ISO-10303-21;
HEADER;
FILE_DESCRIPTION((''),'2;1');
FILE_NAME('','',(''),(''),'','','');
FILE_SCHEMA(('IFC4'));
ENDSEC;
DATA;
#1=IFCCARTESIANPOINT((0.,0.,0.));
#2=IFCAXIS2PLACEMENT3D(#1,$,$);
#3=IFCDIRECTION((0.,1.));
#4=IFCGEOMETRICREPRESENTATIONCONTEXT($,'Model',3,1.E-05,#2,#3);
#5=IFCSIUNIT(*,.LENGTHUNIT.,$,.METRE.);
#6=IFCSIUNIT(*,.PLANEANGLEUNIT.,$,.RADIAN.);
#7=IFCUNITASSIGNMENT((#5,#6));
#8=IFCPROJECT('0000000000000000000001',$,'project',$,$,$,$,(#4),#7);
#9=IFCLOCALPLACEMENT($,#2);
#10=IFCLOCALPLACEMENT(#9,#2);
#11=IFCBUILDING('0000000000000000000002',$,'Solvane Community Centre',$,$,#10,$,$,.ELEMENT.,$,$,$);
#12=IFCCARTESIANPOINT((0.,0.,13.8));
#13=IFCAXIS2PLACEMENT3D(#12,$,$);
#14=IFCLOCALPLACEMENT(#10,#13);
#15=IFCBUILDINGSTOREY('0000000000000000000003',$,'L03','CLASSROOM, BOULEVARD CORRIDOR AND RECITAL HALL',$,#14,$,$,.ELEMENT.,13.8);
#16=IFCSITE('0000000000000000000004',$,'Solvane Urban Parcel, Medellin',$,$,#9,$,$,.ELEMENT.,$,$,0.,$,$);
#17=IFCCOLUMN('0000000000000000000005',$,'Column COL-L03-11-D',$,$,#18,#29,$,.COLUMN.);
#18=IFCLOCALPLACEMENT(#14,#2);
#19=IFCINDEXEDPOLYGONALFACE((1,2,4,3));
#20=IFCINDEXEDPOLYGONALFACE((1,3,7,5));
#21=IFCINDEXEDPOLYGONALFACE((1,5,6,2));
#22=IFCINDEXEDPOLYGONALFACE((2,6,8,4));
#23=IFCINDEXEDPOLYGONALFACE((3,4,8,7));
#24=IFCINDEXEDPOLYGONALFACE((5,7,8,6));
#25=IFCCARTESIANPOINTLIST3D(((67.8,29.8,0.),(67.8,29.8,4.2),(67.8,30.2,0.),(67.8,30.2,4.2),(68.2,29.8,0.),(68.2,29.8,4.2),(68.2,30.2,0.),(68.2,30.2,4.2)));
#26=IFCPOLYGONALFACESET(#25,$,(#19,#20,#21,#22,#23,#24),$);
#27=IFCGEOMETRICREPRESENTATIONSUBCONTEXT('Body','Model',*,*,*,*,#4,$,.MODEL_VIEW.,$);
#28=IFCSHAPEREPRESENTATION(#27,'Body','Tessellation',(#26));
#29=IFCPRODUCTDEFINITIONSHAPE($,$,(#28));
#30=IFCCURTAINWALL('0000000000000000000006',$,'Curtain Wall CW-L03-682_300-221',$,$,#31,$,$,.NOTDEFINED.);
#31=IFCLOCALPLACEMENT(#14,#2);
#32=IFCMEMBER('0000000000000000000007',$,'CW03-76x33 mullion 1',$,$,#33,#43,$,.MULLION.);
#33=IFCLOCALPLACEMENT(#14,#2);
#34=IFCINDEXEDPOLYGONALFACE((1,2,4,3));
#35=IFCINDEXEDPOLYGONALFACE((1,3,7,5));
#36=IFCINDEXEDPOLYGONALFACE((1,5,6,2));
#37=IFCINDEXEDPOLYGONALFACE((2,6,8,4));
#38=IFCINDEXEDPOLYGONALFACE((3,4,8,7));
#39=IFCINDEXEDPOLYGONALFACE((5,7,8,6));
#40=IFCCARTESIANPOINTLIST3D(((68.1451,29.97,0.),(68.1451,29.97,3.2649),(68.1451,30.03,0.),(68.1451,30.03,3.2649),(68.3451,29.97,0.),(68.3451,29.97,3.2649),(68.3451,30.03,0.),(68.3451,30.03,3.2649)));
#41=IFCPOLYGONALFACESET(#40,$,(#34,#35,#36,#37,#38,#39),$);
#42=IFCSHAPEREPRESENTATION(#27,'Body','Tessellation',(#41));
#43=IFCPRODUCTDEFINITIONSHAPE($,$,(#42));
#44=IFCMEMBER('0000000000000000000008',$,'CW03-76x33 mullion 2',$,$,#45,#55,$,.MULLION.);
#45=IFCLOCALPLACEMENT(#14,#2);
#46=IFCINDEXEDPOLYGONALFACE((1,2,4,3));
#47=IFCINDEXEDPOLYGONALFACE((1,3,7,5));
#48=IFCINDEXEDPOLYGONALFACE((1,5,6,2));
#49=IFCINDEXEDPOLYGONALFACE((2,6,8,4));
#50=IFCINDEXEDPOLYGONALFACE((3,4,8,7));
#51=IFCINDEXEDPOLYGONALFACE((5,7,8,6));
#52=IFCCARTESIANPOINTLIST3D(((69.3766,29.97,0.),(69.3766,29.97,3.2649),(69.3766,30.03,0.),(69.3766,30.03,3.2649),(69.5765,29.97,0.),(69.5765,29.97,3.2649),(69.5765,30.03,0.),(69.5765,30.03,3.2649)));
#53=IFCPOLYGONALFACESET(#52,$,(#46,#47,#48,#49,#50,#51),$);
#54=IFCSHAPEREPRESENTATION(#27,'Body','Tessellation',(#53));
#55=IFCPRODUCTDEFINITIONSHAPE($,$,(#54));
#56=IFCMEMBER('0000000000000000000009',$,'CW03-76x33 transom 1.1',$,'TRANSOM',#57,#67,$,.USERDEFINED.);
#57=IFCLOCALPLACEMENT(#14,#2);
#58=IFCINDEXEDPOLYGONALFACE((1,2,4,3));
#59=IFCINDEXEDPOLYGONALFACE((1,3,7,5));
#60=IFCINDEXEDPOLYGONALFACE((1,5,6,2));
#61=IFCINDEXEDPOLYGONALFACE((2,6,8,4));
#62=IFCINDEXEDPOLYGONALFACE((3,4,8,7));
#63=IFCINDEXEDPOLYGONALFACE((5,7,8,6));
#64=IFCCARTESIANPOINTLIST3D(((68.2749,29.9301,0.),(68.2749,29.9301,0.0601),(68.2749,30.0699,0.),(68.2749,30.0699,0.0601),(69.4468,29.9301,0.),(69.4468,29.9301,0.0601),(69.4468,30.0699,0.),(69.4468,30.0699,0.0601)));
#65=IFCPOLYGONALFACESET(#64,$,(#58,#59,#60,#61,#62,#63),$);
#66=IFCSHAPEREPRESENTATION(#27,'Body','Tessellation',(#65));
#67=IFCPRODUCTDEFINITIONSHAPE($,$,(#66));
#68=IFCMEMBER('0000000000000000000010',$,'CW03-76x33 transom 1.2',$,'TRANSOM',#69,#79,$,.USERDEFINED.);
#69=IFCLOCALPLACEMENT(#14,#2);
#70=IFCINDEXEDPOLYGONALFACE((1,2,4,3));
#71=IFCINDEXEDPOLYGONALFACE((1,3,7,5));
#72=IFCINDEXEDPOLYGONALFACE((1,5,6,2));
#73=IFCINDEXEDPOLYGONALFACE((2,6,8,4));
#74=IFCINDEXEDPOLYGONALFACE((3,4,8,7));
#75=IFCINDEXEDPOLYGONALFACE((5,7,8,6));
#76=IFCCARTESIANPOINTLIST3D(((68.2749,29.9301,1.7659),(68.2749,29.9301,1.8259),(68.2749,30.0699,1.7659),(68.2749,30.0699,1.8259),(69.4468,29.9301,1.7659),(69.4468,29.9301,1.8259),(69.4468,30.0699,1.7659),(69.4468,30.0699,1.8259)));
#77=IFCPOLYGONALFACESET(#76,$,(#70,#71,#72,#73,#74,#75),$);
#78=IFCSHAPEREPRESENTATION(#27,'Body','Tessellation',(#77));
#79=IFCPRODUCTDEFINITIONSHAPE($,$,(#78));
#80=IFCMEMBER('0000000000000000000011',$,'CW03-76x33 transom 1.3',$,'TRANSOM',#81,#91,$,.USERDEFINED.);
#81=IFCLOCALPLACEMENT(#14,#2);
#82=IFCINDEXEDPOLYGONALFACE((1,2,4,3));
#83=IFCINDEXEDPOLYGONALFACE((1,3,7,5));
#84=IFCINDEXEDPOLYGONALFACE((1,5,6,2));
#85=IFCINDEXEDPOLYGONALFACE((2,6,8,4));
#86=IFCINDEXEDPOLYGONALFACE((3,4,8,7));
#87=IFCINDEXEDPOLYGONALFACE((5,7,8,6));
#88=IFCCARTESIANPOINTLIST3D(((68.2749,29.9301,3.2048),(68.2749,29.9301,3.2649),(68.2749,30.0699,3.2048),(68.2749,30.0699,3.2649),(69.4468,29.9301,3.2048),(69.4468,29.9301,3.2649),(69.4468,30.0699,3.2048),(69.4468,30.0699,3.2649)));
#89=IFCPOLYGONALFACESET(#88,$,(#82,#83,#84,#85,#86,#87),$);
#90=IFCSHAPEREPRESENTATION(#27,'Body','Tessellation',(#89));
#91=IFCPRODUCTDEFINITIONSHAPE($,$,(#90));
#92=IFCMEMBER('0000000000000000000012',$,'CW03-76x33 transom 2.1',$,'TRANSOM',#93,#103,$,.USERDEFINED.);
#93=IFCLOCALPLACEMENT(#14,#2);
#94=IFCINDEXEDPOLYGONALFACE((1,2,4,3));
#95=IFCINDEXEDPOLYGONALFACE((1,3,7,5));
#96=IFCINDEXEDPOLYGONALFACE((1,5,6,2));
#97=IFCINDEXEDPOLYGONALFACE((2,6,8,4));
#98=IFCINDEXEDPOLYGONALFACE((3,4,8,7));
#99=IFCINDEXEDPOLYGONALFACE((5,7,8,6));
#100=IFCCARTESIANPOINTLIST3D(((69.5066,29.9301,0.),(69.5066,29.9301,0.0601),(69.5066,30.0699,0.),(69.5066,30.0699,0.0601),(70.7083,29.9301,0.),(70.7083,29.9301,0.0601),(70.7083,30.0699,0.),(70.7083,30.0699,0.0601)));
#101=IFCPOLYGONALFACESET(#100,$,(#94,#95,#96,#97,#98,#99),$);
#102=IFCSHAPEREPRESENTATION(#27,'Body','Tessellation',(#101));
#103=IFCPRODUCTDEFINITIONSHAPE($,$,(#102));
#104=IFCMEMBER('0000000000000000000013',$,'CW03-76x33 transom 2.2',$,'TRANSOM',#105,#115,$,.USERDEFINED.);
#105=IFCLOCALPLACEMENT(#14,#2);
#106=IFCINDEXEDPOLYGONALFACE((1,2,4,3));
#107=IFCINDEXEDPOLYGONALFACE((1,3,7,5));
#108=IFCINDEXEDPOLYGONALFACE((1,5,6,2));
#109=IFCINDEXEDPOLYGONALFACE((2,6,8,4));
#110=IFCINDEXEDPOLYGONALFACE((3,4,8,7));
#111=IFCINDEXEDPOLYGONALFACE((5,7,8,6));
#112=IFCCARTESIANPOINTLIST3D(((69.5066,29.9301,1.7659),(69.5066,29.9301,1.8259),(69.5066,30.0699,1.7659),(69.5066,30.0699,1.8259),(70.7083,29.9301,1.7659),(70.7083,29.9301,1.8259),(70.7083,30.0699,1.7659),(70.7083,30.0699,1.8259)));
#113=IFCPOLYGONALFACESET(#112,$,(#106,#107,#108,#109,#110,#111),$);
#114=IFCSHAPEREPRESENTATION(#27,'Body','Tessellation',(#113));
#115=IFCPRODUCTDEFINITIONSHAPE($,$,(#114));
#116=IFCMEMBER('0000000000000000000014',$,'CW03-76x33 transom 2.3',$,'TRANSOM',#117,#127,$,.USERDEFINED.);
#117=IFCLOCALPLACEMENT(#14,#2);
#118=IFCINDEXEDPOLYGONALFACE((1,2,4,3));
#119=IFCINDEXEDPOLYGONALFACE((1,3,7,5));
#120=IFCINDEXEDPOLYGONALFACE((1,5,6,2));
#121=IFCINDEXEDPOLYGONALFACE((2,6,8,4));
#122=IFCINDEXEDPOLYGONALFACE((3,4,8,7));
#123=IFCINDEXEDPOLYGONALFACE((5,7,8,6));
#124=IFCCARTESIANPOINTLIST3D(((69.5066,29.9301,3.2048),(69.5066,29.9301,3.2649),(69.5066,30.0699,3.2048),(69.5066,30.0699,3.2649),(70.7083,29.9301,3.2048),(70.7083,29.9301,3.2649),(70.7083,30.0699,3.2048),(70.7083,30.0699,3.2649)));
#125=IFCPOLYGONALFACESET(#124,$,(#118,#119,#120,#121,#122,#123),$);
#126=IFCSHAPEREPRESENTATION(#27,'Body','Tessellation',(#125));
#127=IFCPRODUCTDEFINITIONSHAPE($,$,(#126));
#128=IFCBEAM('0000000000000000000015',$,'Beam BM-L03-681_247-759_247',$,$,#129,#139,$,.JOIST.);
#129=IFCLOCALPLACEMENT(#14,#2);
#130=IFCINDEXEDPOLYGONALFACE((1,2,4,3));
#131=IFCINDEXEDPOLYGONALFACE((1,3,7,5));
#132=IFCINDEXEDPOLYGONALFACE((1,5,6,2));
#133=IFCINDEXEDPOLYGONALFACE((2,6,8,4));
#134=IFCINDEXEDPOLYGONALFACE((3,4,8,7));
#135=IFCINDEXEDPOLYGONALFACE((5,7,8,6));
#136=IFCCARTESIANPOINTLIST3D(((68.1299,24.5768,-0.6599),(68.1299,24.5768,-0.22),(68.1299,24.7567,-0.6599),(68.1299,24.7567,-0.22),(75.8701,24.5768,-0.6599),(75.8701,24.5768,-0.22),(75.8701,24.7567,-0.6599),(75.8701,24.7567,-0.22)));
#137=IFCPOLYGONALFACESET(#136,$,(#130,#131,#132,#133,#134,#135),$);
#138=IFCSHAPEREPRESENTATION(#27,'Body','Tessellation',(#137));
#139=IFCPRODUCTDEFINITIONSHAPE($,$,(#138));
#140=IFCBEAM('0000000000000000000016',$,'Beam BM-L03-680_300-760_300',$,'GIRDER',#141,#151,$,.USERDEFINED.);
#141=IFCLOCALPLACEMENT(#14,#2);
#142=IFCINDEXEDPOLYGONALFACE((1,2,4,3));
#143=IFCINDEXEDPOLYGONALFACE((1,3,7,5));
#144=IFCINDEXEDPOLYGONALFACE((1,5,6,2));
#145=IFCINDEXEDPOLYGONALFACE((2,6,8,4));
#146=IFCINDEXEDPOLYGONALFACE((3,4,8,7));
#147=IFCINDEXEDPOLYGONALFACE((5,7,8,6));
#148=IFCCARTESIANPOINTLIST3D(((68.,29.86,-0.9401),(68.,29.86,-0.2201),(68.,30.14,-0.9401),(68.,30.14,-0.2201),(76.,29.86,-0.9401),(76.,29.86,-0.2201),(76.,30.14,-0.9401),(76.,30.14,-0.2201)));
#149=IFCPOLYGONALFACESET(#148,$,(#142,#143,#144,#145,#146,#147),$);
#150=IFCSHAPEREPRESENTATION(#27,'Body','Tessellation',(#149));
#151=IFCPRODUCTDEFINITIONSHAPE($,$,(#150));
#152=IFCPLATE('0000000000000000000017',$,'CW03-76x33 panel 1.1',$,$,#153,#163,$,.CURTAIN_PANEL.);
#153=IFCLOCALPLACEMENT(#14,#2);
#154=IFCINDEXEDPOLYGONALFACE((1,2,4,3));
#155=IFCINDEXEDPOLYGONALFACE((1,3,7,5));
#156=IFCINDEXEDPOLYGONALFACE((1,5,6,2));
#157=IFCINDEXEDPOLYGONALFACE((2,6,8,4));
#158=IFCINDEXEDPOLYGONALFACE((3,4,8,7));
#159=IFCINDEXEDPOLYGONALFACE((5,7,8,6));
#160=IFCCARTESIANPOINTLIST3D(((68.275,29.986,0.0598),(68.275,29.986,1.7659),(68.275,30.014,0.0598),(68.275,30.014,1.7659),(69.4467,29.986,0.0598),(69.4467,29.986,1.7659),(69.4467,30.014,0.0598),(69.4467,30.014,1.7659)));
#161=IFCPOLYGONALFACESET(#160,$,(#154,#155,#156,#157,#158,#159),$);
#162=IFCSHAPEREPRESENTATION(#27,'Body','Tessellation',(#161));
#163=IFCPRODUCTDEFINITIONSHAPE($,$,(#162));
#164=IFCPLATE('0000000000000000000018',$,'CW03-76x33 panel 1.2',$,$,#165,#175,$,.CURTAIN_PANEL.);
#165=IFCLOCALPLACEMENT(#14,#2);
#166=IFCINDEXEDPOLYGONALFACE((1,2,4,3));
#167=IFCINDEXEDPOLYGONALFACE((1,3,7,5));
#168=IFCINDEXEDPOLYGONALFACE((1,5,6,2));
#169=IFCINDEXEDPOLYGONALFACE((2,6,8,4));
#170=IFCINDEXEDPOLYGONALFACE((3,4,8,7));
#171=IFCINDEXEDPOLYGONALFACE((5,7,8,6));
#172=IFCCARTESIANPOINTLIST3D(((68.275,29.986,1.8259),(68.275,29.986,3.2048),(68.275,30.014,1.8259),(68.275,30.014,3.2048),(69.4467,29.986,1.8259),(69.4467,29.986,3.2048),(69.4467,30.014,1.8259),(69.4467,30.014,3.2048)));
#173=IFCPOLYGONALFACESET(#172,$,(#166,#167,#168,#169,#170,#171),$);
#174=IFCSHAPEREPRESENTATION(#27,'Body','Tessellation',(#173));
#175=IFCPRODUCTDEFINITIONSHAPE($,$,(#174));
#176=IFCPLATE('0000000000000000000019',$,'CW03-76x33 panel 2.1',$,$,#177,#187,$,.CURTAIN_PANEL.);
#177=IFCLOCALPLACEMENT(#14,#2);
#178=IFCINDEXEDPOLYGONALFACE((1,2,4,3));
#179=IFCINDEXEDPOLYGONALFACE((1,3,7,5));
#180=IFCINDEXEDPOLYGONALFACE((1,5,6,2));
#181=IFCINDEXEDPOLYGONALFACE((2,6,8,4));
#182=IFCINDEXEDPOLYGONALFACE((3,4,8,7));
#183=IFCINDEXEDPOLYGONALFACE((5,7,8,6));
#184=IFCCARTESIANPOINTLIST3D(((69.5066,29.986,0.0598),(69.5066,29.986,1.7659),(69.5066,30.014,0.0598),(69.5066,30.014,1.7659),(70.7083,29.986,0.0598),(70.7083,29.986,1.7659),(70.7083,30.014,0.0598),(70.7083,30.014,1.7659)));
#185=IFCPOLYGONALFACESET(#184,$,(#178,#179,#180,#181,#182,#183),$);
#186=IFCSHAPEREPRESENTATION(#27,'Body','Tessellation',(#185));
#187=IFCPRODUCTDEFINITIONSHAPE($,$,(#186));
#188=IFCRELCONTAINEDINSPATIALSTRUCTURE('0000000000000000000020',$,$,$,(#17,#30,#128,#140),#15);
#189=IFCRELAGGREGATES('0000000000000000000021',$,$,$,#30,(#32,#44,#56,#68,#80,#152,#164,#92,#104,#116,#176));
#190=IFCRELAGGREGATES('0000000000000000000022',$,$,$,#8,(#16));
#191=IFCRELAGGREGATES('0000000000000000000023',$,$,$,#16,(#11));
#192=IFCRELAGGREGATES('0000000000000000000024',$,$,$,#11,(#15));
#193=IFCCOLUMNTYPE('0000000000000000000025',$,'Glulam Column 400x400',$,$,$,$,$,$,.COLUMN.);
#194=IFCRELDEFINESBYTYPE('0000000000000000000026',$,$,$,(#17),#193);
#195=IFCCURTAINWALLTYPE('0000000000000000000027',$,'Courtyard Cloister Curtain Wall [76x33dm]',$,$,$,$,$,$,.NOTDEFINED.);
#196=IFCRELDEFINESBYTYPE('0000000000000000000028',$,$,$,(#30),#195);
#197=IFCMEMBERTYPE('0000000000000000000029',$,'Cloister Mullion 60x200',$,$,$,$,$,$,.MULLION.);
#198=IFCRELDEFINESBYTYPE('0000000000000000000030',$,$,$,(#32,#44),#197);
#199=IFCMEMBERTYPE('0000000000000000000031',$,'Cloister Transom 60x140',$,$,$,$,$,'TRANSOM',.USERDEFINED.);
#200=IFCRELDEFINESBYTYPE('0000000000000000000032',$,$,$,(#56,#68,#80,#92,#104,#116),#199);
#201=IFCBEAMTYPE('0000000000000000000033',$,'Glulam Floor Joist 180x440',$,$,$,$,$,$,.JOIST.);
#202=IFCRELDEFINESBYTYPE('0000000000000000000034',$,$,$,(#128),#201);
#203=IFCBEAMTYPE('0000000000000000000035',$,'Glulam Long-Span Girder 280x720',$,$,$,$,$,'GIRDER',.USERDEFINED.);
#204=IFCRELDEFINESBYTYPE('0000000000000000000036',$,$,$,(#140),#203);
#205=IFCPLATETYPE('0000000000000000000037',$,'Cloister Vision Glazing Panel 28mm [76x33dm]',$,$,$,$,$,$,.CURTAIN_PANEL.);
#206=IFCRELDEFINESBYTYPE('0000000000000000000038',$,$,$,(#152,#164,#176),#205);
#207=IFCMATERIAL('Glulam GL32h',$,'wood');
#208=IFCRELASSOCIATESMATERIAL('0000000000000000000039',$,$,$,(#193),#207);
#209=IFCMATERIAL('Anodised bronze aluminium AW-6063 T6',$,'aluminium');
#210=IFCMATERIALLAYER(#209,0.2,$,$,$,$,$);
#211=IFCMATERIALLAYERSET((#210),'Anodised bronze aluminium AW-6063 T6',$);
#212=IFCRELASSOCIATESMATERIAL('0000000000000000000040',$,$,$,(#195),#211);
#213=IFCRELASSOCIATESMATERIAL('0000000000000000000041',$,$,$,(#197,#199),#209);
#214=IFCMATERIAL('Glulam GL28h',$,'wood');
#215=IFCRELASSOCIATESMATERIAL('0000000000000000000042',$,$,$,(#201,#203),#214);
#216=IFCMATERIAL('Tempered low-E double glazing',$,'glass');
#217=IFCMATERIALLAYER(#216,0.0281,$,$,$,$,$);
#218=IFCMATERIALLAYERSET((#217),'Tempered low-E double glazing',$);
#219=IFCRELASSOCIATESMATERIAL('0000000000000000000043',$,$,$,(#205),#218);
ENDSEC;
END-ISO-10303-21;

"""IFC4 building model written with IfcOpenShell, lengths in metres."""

from ifc_helpers import new_model, si_unit, direction, frame, origin, origin_2d, place, context, subcontext, project, spatial, rectangle, extrude, material, layer, layer_set, material_profile, profile_set, type_object, element, aggregate, save


model = new_model("IFC4")

# Units and contexts
model_context = context("Model", 3, precision=1e-05, world=origin(), true_north=direction((0.0, 1.0)))
body_context = subcontext(model_context, "Body", "Model", "MODEL_VIEW")
ifc_project = project(units=[si_unit("LENGTHUNIT", "METRE"), si_unit("PLANEANGLEUNIT", "RADIAN")], contexts=[model_context])

# Site, building, storey
site_placement = place(None, origin())
site = spatial("IfcSite", under=ifc_project, at=site_placement, Name="Solvane Urban Parcel, Medellin", CompositionType="ELEMENT", RefElevation=0.0)
building_placement = place(site_placement, origin())
building = spatial("IfcBuilding", under=site, at=building_placement, Name="Solvane Community Centre", CompositionType="ELEMENT")
storey_placement = place(building_placement, frame((0.0, 0.0, 13.8)))
storey = spatial("IfcBuildingStorey", under=building, at=storey_placement, Name="L03", Description="CLASSROOM, BOULEVARD CORRIDOR AND RECITAL HALL", CompositionType="ELEMENT", Elevation=13.8)

# Column
ifc_material_1 = material(Name="Glulam GL32h", Category="wood")
ifc_material_profile_1 = material_profile(ifc_material_1, rectangle(XDim=0.3999, YDim=0.3999, at=origin_2d()), Name="GL32h 400x400")
ifc_profile_set_1 = profile_set([ifc_material_profile_1], Name="Glulam GL32h")
column_type = type_object("IfcColumnType", Name="Glulam Column 400x400", PredefinedType="COLUMN", material=ifc_profile_set_1)
column_placement = place(storey_placement, frame((68.0, 30.0, 0.0), z_axis=(0.0, 0.0, 1.0), x_axis=(1.0, 0.0, 0.0)))
element("IfcColumn", 1, at=column_placement, inside=storey, type_object=column_type, Name="Column COL-L03-11-D", PredefinedType="COLUMN", context=body_context, shape_type="SweptSolid", body=[
    extrude(rectangle(XDim=0.3999, YDim=0.3999, at=origin_2d()), origin(), (0.0, 0.0, 1.0), 4.2),
])

# Curtain wall, members
ifc_material_2 = material(Name="Anodised bronze aluminium AW-6063 T6", Category="aluminium")
ifc_layer_1 = layer(ifc_material_2, 0.2)
ifc_layer_set_1 = layer_set([ifc_layer_1], Name="Anodised bronze aluminium AW-6063 T6")
curtain_wall_type = type_object("IfcCurtainWallType", Name="Courtyard Cloister Curtain Wall [76x33dm]", PredefinedType="NOTDEFINED", material=ifc_layer_set_1)
curtain_wall_placement = place(storey_placement, origin())
curtain_wall = element("IfcCurtainWall", 2, at=curtain_wall_placement, inside=storey, type_object=curtain_wall_type, Name="Curtain Wall CW-L03-682_300-221", PredefinedType="NOTDEFINED")
ifc_material_profile_2 = material_profile(ifc_material_2, rectangle(XDim=0.0601, YDim=0.2, at=origin_2d()), Name="CW-M 60x200")
ifc_profile_set_2 = profile_set([ifc_material_profile_2], Name="Anodised bronze aluminium AW-6063 T6")
member_type_1 = type_object("IfcMemberType", Name="Cloister Mullion 60x200", PredefinedType="MULLION", material=ifc_profile_set_2)
member_1_placement = place(storey_placement, frame((68.2451, 30.0, 0.0), z_axis=(0.0, 0.0, 1.0), x_axis=(0.0, 1.0, 0.0)))
member_1 = element("IfcMember", 3, at=member_1_placement, type_object=member_type_1, Name="CW03-76x33 mullion 1", PredefinedType="MULLION", context=body_context, shape_type="SweptSolid", body=[
    extrude(rectangle(XDim=0.0601, YDim=0.2, at=origin_2d()), origin(), (0.0, 0.0, 1.0), 3.2649),
])
member_2_placement = place(storey_placement, frame((69.4766, 30.0, 0.0), z_axis=(0.0, 0.0, 1.0), x_axis=(0.0, 1.0, 0.0)))
member_2 = element("IfcMember", 4, at=member_2_placement, type_object=member_type_1, Name="CW03-76x33 mullion 2", PredefinedType="MULLION", context=body_context, shape_type="SweptSolid", body=[
    extrude(rectangle(XDim=0.0601, YDim=0.2, at=origin_2d()), origin(), (0.0, 0.0, 1.0), 3.2649),
])
ifc_material_profile_3 = material_profile(ifc_material_2, rectangle(XDim=0.1399, YDim=0.0601, at=origin_2d()), Name="CW-T 60x140")
ifc_profile_set_3 = profile_set([ifc_material_profile_3], Name="Anodised bronze aluminium AW-6063 T6")
member_type_2 = type_object("IfcMemberType", Name="Cloister Transom 60x140", ElementType="TRANSOM", PredefinedType="USERDEFINED", material=ifc_profile_set_3)
member_3_placement = place(storey_placement, frame((68.2749, 30.0, 0.03), z_axis=(1.0, 0.0, 0.0), x_axis=(0.0, 1.0, 0.0)))
member_3 = element("IfcMember", 5, at=member_3_placement, type_object=member_type_2, Name="CW03-76x33 transom 1.1", ObjectType="TRANSOM", PredefinedType="USERDEFINED", context=body_context, shape_type="SweptSolid", body=[
    extrude(rectangle(XDim=0.1399, YDim=0.0601, at=origin_2d()), origin(), (0.0, 0.0, 1.0), 1.1719),
])
member_4_placement = place(storey_placement, frame((68.2749, 30.0, 1.7959), z_axis=(1.0, 0.0, 0.0), x_axis=(0.0, 1.0, 0.0)))
member_4 = element("IfcMember", 6, at=member_4_placement, type_object=member_type_2, Name="CW03-76x33 transom 1.2", ObjectType="TRANSOM", PredefinedType="USERDEFINED", context=body_context, shape_type="SweptSolid", body=[
    extrude(rectangle(XDim=0.1399, YDim=0.0601, at=origin_2d()), origin(), (0.0, 0.0, 1.0), 1.1719),
])
member_5_placement = place(storey_placement, frame((68.2749, 30.0, 3.2349), z_axis=(1.0, 0.0, 0.0), x_axis=(0.0, 1.0, 0.0)))
member_5 = element("IfcMember", 7, at=member_5_placement, type_object=member_type_2, Name="CW03-76x33 transom 1.3", ObjectType="TRANSOM", PredefinedType="USERDEFINED", context=body_context, shape_type="SweptSolid", body=[
    extrude(rectangle(XDim=0.1399, YDim=0.0601, at=origin_2d()), origin(), (0.0, 0.0, 1.0), 1.1719),
])
member_6_placement = place(storey_placement, frame((69.5066, 30.0, 0.03), z_axis=(1.0, 0.0, 0.0), x_axis=(0.0, 1.0, 0.0)))
member_6 = element("IfcMember", 8, at=member_6_placement, type_object=member_type_2, Name="CW03-76x33 transom 2.1", ObjectType="TRANSOM", PredefinedType="USERDEFINED", context=body_context, shape_type="SweptSolid", body=[
    extrude(rectangle(XDim=0.1399, YDim=0.0601, at=origin_2d()), origin(), (0.0, 0.0, 1.0), 1.2017),
])
member_7_placement = place(storey_placement, frame((69.5066, 30.0, 1.7959), z_axis=(1.0, 0.0, 0.0), x_axis=(0.0, 1.0, 0.0)))
member_7 = element("IfcMember", 9, at=member_7_placement, type_object=member_type_2, Name="CW03-76x33 transom 2.2", ObjectType="TRANSOM", PredefinedType="USERDEFINED", context=body_context, shape_type="SweptSolid", body=[
    extrude(rectangle(XDim=0.1399, YDim=0.0601, at=origin_2d()), origin(), (0.0, 0.0, 1.0), 1.2017),
])
member_8_placement = place(storey_placement, frame((69.5066, 30.0, 3.2349), z_axis=(1.0, 0.0, 0.0), x_axis=(0.0, 1.0, 0.0)))
member_8 = element("IfcMember", 10, at=member_8_placement, type_object=member_type_2, Name="CW03-76x33 transom 2.3", ObjectType="TRANSOM", PredefinedType="USERDEFINED", context=body_context, shape_type="SweptSolid", body=[
    extrude(rectangle(XDim=0.1399, YDim=0.0601, at=origin_2d()), origin(), (0.0, 0.0, 1.0), 1.2017),
])

# Beams
ifc_material_3 = material(Name="Glulam GL28h", Category="wood")
ifc_material_profile_4 = material_profile(ifc_material_3, rectangle(XDim=0.1799, YDim=0.4399, at=origin_2d()), Name="GL28h 180x440")
ifc_profile_set_4 = profile_set([ifc_material_profile_4], Name="Glulam GL28h")
beam_type_1 = type_object("IfcBeamType", Name="Glulam Floor Joist 180x440", PredefinedType="JOIST", material=ifc_profile_set_4)
beam_1_placement = place(storey_placement, frame((68.1299, 24.6667, -0.4399), z_axis=(1.0, 0.0, 0.0), x_axis=(0.0, 1.0, 0.0)))
element("IfcBeam", 11, at=beam_1_placement, inside=storey, type_object=beam_type_1, Name="Beam BM-L03-681_247-759_247", PredefinedType="JOIST", context=body_context, shape_type="SweptSolid", body=[
    extrude(rectangle(XDim=0.1799, YDim=0.4399, at=origin_2d()), origin(), (0.0, 0.0, 1.0), 7.7402),
])
ifc_material_profile_5 = material_profile(ifc_material_3, rectangle(XDim=0.28, YDim=0.72, at=origin_2d()), Name="GL28h 280x720")
ifc_profile_set_5 = profile_set([ifc_material_profile_5], Name="Glulam GL28h")
beam_type_2 = type_object("IfcBeamType", Name="Glulam Long-Span Girder 280x720", ElementType="GIRDER", PredefinedType="USERDEFINED", material=ifc_profile_set_5)
beam_2_placement = place(storey_placement, frame((68.0, 30.0, -0.5801), z_axis=(1.0, 0.0, 0.0), x_axis=(0.0, 1.0, 0.0)))
element("IfcBeam", 12, at=beam_2_placement, inside=storey, type_object=beam_type_2, Name="Beam BM-L03-680_300-760_300", ObjectType="GIRDER", PredefinedType="USERDEFINED", context=body_context, shape_type="SweptSolid", body=[
    extrude(rectangle(XDim=0.28, YDim=0.72, at=origin_2d()), origin(), (0.0, 0.0, 1.0), 8.0),
])

# Plates
ifc_material_4 = material(Name="Tempered low-E double glazing", Category="glass")
ifc_layer_2 = layer(ifc_material_4, 0.0281)
ifc_layer_set_2 = layer_set([ifc_layer_2], Name="Tempered low-E double glazing")
plate_type = type_object("IfcPlateType", Name="Cloister Vision Glazing Panel 28mm [76x33dm]", PredefinedType="CURTAIN_PANEL", material=ifc_layer_set_2)
plate_1_placement = place(storey_placement, frame((68.8608, 30.0, 0.0598), z_axis=(0.0, 0.0, 1.0), x_axis=(1.0, 0.0, 0.0)))
plate_1 = element("IfcPlate", 13, at=plate_1_placement, type_object=plate_type, Name="CW03-76x33 panel 1.1", PredefinedType="CURTAIN_PANEL", context=body_context, shape_type="SweptSolid", body=[
    extrude(rectangle(XDim=1.1716, YDim=0.0281, at=origin_2d()), origin(), (0.0, 0.0, 1.0), 1.7061),
])
plate_2_placement = place(storey_placement, frame((68.8608, 30.0, 1.8259), z_axis=(0.0, 0.0, 1.0), x_axis=(1.0, 0.0, 0.0)))
plate_2 = element("IfcPlate", 14, at=plate_2_placement, type_object=plate_type, Name="CW03-76x33 panel 1.2", PredefinedType="CURTAIN_PANEL", context=body_context, shape_type="SweptSolid", body=[
    extrude(rectangle(XDim=1.1716, YDim=0.0281, at=origin_2d()), origin(), (0.0, 0.0, 1.0), 1.3789),
])
plate_3_placement = place(storey_placement, frame((70.1074, 30.0, 0.0598), z_axis=(0.0, 0.0, 1.0), x_axis=(1.0, 0.0, 0.0)))
plate_3 = element("IfcPlate", 15, at=plate_3_placement, type_object=plate_type, Name="CW03-76x33 panel 2.1", PredefinedType="CURTAIN_PANEL", context=body_context, shape_type="SweptSolid", body=[
    extrude(rectangle(XDim=1.2017, YDim=0.0281, at=origin_2d()), origin(), (0.0, 0.0, 1.0), 1.7061),
])
aggregate(curtain_wall, [member_1, member_2, member_3, member_4, member_5, plate_1, plate_2, member_6, member_7, member_8, plate_3])

save(model, "model.ifc")
